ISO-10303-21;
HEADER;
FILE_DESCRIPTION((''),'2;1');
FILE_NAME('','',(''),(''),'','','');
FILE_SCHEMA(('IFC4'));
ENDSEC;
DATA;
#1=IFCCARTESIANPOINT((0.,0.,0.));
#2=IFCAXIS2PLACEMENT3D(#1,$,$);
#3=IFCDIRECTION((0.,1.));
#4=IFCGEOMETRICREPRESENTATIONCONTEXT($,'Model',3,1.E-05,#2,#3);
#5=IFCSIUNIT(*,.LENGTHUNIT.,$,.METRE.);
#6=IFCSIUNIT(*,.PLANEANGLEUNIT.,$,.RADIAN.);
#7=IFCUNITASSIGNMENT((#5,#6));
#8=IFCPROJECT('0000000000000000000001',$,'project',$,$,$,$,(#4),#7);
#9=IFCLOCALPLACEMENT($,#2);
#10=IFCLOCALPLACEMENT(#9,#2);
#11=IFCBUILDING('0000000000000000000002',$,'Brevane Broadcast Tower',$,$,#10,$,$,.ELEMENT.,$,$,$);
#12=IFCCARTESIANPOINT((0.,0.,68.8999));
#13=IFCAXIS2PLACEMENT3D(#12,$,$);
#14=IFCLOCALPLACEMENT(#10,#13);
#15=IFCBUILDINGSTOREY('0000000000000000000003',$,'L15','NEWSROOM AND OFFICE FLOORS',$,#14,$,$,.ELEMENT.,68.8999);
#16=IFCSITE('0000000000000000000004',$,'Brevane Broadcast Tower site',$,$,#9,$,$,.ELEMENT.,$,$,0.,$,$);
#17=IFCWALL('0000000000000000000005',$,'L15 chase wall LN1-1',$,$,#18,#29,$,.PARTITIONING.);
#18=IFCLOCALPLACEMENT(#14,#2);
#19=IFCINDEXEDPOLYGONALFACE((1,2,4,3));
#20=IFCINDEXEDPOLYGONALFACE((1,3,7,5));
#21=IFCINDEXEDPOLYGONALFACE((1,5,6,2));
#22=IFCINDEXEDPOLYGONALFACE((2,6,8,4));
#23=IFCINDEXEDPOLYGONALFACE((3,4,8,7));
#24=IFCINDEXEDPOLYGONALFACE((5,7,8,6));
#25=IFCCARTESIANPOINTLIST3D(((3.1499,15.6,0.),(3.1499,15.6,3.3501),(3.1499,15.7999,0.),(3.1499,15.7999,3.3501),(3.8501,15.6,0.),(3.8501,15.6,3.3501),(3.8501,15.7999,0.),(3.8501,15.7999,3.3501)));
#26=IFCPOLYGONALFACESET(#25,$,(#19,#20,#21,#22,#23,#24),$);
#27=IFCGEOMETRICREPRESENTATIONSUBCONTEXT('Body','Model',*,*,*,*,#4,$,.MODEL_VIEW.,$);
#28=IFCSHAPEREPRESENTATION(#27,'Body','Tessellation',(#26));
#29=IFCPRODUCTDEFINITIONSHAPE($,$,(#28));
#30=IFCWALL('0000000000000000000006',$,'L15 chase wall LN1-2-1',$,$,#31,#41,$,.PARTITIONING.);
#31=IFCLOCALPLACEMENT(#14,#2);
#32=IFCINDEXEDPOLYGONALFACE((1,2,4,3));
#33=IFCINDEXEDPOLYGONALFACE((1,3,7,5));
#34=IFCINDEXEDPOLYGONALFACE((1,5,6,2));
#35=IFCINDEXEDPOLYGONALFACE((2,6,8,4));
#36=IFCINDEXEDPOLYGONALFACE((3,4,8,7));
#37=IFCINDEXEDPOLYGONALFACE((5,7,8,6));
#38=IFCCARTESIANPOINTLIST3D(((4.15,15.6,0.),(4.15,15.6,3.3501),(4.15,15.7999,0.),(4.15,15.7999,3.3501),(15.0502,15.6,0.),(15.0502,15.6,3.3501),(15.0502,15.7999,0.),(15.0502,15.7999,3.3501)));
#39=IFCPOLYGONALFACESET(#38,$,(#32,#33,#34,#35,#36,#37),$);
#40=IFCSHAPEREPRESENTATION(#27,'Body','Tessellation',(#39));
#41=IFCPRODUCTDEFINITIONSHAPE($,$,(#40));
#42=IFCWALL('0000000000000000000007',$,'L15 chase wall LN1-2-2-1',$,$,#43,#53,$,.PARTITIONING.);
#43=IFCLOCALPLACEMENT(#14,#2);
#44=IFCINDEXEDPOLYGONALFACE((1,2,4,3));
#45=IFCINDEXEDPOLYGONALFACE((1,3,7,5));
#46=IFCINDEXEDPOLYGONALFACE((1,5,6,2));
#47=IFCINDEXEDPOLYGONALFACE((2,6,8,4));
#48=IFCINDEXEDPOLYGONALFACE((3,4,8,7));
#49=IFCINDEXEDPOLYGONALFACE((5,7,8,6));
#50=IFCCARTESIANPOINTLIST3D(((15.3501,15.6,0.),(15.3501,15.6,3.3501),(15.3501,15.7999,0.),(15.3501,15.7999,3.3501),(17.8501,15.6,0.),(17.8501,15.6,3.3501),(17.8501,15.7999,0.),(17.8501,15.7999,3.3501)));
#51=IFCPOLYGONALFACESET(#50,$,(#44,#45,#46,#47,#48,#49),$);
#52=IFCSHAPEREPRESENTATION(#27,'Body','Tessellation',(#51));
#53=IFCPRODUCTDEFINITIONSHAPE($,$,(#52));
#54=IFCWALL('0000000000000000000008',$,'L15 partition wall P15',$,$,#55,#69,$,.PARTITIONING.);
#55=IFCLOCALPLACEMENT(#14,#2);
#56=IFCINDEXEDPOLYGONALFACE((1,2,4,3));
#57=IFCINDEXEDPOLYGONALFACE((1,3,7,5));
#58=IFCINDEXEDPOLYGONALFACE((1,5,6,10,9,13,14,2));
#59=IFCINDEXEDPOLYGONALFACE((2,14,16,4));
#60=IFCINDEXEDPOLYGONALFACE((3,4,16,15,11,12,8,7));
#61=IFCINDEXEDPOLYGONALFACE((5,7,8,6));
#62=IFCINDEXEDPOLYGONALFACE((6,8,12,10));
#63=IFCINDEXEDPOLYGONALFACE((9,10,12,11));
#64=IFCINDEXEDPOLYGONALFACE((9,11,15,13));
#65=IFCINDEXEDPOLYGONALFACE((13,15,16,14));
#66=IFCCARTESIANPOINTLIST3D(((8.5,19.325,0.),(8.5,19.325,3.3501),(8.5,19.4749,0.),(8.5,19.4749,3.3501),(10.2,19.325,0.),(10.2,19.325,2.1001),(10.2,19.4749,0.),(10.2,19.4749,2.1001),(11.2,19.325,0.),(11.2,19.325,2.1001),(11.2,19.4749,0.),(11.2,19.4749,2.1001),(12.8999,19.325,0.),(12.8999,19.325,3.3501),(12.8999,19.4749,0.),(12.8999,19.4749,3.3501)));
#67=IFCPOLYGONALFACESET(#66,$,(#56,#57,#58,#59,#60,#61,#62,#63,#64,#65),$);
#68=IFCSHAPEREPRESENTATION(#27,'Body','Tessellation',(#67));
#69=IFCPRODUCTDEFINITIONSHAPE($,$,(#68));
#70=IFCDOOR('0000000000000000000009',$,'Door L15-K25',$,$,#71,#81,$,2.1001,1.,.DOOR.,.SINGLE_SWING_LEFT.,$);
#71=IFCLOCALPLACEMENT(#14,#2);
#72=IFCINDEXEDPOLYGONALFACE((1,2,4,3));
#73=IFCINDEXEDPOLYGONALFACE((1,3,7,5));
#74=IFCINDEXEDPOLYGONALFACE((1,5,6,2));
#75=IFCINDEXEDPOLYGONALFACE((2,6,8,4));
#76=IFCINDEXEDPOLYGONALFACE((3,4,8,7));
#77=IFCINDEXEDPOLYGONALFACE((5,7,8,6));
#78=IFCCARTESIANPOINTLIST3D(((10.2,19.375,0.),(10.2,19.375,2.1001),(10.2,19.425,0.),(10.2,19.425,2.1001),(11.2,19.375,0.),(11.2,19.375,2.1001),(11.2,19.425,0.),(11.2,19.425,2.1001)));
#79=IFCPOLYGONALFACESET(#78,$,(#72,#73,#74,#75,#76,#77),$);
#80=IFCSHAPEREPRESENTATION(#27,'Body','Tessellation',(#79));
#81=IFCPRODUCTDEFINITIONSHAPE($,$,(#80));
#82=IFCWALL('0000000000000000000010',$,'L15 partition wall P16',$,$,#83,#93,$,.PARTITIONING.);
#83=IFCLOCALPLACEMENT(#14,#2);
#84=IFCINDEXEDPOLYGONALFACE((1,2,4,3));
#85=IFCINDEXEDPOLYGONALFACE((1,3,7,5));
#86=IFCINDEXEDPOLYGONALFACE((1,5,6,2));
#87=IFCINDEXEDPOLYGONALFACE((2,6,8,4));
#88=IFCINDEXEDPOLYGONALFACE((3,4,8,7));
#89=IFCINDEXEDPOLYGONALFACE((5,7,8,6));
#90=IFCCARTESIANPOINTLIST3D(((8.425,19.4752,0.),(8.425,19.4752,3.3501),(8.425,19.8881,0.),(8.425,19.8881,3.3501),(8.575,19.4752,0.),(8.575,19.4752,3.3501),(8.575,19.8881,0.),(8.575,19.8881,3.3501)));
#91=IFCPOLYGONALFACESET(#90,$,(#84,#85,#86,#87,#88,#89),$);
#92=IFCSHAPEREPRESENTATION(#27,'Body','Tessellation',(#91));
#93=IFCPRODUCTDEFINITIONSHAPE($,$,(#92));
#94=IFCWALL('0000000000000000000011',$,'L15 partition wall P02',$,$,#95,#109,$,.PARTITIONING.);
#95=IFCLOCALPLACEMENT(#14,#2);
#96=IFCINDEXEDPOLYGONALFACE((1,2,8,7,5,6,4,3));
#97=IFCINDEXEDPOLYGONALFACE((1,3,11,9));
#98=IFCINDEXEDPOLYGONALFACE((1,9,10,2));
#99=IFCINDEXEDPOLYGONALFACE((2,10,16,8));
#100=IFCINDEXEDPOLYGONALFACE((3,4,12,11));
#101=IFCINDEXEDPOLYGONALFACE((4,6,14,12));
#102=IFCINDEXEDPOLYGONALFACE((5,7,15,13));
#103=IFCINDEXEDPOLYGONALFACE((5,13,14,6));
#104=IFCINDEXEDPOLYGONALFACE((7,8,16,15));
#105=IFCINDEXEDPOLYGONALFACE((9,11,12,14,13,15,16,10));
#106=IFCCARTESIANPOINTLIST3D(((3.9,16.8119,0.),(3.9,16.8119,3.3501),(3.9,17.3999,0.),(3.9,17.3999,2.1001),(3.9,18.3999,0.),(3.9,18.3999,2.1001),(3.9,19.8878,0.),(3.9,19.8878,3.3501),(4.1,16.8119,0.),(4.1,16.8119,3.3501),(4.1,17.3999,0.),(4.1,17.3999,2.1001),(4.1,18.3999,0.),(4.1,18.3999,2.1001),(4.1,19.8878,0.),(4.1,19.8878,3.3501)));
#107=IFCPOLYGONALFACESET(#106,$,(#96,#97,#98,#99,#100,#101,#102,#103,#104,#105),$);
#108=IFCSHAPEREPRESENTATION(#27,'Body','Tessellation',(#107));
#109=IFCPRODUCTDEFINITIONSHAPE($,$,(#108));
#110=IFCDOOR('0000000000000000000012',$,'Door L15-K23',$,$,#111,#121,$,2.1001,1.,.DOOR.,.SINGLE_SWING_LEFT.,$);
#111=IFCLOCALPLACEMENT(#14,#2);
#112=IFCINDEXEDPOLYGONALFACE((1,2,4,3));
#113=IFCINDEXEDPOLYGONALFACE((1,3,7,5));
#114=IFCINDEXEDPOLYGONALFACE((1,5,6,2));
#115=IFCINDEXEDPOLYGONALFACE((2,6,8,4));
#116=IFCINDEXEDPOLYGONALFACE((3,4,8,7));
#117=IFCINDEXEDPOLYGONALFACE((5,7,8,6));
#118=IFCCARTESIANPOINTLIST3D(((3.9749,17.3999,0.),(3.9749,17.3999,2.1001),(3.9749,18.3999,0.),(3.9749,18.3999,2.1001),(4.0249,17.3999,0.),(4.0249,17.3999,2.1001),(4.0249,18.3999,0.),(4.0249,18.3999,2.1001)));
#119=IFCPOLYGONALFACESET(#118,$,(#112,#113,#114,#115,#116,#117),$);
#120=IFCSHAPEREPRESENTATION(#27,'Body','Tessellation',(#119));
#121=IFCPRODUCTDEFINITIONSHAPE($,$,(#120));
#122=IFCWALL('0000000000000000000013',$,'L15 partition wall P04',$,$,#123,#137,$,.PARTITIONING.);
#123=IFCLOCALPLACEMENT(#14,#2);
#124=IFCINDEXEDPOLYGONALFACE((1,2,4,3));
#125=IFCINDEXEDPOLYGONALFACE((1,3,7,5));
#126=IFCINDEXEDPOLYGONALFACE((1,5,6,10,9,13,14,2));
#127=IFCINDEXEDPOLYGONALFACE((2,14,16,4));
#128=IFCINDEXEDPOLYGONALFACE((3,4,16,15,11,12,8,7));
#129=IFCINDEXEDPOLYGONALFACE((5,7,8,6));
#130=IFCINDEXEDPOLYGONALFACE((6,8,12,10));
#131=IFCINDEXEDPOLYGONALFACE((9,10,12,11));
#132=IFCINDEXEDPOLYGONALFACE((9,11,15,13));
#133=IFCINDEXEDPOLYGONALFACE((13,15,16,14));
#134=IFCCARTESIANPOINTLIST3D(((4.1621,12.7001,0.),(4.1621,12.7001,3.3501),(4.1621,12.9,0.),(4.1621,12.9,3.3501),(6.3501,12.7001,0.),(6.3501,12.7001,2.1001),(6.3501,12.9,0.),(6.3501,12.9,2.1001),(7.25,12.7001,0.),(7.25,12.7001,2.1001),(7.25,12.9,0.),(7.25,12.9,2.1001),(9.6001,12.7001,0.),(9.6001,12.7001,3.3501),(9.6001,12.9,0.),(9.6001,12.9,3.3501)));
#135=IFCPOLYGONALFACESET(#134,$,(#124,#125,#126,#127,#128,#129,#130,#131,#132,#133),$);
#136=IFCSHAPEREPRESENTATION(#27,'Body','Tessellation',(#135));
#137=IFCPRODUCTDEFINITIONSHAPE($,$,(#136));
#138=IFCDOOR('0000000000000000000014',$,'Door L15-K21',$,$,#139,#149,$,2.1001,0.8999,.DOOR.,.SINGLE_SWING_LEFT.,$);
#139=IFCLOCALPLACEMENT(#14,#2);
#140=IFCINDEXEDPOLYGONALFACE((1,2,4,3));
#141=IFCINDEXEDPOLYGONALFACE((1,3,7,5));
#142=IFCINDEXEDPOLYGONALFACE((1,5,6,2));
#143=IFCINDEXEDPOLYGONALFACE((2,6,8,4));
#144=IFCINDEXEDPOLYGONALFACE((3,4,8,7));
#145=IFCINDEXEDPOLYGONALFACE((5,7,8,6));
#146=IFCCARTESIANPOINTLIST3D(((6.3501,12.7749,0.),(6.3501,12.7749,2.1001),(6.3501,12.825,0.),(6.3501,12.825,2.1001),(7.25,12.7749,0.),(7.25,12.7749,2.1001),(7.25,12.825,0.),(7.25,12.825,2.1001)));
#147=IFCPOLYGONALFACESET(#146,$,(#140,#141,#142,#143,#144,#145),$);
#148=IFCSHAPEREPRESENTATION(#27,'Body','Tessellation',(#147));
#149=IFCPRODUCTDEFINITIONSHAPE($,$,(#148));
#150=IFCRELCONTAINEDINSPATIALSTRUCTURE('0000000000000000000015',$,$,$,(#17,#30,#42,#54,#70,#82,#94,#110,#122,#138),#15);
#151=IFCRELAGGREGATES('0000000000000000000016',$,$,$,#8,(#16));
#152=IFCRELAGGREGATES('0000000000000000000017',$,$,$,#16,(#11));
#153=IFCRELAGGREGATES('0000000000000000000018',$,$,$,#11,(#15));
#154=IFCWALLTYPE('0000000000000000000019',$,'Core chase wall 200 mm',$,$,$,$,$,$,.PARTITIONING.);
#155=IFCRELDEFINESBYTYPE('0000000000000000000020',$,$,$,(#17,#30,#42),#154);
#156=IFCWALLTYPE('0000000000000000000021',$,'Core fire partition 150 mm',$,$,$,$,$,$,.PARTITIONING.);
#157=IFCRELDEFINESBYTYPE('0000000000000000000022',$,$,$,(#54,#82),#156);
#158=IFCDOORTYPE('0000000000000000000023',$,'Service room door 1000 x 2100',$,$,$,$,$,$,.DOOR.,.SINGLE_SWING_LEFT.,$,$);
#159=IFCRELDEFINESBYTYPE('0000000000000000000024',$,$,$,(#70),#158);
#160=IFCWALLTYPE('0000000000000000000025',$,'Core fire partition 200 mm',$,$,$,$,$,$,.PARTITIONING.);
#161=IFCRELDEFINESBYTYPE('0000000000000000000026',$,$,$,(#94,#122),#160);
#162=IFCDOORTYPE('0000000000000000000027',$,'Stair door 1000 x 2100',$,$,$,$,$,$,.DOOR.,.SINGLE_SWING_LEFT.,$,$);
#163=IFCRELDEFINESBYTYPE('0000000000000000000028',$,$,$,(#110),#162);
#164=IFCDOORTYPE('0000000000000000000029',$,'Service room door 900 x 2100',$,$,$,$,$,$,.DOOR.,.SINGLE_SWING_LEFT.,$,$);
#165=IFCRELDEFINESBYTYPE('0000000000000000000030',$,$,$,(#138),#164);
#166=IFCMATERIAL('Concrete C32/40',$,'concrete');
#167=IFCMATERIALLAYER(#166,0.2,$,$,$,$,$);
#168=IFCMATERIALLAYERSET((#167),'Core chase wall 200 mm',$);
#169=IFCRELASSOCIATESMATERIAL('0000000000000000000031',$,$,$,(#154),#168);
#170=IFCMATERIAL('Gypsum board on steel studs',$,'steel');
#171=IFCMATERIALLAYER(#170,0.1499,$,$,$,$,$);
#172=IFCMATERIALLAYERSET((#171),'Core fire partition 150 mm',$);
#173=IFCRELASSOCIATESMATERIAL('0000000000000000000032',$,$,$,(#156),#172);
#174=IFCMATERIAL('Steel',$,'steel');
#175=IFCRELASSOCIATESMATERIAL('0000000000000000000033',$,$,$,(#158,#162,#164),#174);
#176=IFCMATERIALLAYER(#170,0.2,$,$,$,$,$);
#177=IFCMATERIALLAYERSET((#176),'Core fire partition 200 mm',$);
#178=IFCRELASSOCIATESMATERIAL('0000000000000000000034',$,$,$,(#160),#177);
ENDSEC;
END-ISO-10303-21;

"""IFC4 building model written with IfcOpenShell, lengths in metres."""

from ifc_helpers import new_model, si_unit, direction, frame, frame_2d, origin, place, context, subcontext, project, spatial, rectangle, extrude, material, layer, layer_set, type_object, element, fill, save


model = new_model("IFC4")

# Units and contexts
model_context = context("Model", 3, precision=1e-05, world=origin(), true_north=direction((0.0, 1.0)))
body_context = subcontext(model_context, "Body", "Model", "MODEL_VIEW")
ifc_project = project(units=[si_unit("LENGTHUNIT", "METRE"), si_unit("PLANEANGLEUNIT", "RADIAN")], contexts=[model_context])

# Site, building, storey
site_placement = place(None, origin())
site = spatial("IfcSite", under=ifc_project, at=site_placement, Name="Brevane Broadcast Tower site", CompositionType="ELEMENT", RefElevation=0.0)
building_placement = place(site_placement, origin())
building = spatial("IfcBuilding", under=site, at=building_placement, Name="Brevane Broadcast Tower", CompositionType="ELEMENT")
storey_placement = place(building_placement, frame((0.0, 0.0, 68.8999)))
storey = spatial("IfcBuildingStorey", under=building, at=storey_placement, Name="L15", Description="NEWSROOM AND OFFICE FLOORS", CompositionType="ELEMENT", Elevation=68.8999)

# Walls
ifc_material_1 = material(Name="Concrete C32/40", Category="concrete")
ifc_layer_1 = layer(ifc_material_1, 0.2)
ifc_layer_set_1 = layer_set([ifc_layer_1], Name="Core chase wall 200 mm")
wall_type_1 = type_object("IfcWallType", Name="Core chase wall 200 mm", PredefinedType="PARTITIONING", material=ifc_layer_set_1)
wall_1_placement = place(storey_placement, frame((3.1499, 15.7, 0.0), z_axis=(0.0, 0.0, 1.0), x_axis=(1.0, 0.0, 0.0)))
element("IfcWall", 1, at=wall_1_placement, inside=storey, type_object=wall_type_1, Name="L15 chase wall LN1-1", PredefinedType="PARTITIONING", context=body_context, shape_type="SweptSolid", body=[
    extrude(rectangle(XDim=0.7002, YDim=0.2, at=frame_2d((0.3501, 0.0))), origin(), (0.0, 0.0, 1.0), 3.3501),
])
wall_2_placement = place(storey_placement, frame((4.1499, 15.7, 0.0), z_axis=(0.0, 0.0, 1.0), x_axis=(1.0, 0.0, 0.0)))
element("IfcWall", 2, at=wall_2_placement, inside=storey, type_object=wall_type_1, Name="L15 chase wall LN1-2-1", PredefinedType="PARTITIONING", context=body_context, shape_type="SweptSolid", body=[
    extrude(rectangle(XDim=10.9001, YDim=0.2, at=frame_2d((5.4502, 0.0))), origin(), (0.0, 0.0, 1.0), 3.3501),
])
wall_3_placement = place(storey_placement, frame((15.3501, 15.7, 0.0), z_axis=(0.0, 0.0, 1.0), x_axis=(1.0, 0.0, 0.0)))
element("IfcWall", 3, at=wall_3_placement, inside=storey, type_object=wall_type_1, Name="L15 chase wall LN1-2-2-1", PredefinedType="PARTITIONING", context=body_context, shape_type="SweptSolid", body=[
    extrude(rectangle(XDim=2.5, YDim=0.2, at=frame_2d((1.25, 0.0))), origin(), (0.0, 0.0, 1.0), 3.3501),
])

# Wall, opening, door
ifc_material_2 = material(Name="Gypsum board on steel studs", Category="steel")
ifc_layer_2 = layer(ifc_material_2, 0.1499)
ifc_layer_set_2 = layer_set([ifc_layer_2], Name="Core fire partition 150 mm")
wall_type_2 = type_object("IfcWallType", Name="Core fire partition 150 mm", PredefinedType="PARTITIONING", material=ifc_layer_set_2)
wall_4_placement = place(storey_placement, frame((12.8999, 19.3999, 0.0), z_axis=(0.0, 0.0, 1.0), x_axis=(-1.0, 0.0, 0.0)))
wall_4 = element("IfcWall", 4, at=wall_4_placement, inside=storey, type_object=wall_type_2, Name="L15 partition wall P15", PredefinedType="PARTITIONING", context=body_context, shape_type="SweptSolid", body=[
    extrude(rectangle(XDim=4.3999, YDim=0.1499, at=frame_2d((2.2, 0.0))), origin(), (0.0, 0.0, 1.0), 3.3501),
])
opening_1_placement = place(wall_4_placement, frame((1.7, 0.0, 0.0)))
opening_1 = element("IfcOpeningElement", 5, at=opening_1_placement, cuts=wall_4, PredefinedType="OPENING", context=body_context, shape_type="SweptSolid", body=[
    extrude(rectangle(XDim=1.0, YDim=2.1001, at=frame_2d((0.5, 1.05))), frame((0.0, 0.085, 0.0), z_axis=(0.0, -1.0, 0.0), x_axis=(1.0, 0.0, 0.0)), (0.0, 0.0, 1.0), 0.1699),
])
ifc_material_3 = material(Name="Steel", Category="steel")
door_type_1 = type_object("IfcDoorType", Name="Service room door 1000 x 2100", OperationType="SINGLE_SWING_LEFT", PredefinedType="DOOR", material=ifc_material_3)
door_1_placement = place(opening_1_placement, origin())
door_1 = element("IfcDoor", 6, at=door_1_placement, inside=storey, type_object=door_type_1, Name="Door L15-K25", OperationType="SINGLE_SWING_LEFT", OverallHeight=2.1001, OverallWidth=1.0, PredefinedType="DOOR", context=body_context, shape_type="SweptSolid", body=[
    extrude(rectangle(XDim=1.0, YDim=2.1001, at=frame_2d((0.5, 1.05))), frame((0.0, 0.0249, 0.0), z_axis=(0.0, -1.0, 0.0), x_axis=(1.0, 0.0, 0.0)), (0.0, 0.0, 1.0), 0.05),
])
fill(opening_1, door_1)

# Wall
wall_5_placement = place(storey_placement, frame((8.5, 19.4751, 0.0), z_axis=(0.0, 0.0, 1.0), x_axis=(0.0, 1.0, 0.0)))
element("IfcWall", 7, at=wall_5_placement, inside=storey, type_object=wall_type_2, Name="L15 partition wall P16", PredefinedType="PARTITIONING", context=body_context, shape_type="SweptSolid", body=[
    extrude(rectangle(XDim=0.4128, YDim=0.1499, at=frame_2d((0.2065, 0.0))), origin(), (0.0, 0.0, 1.0), 3.3501),
])

# Walls, openings, doors
ifc_layer_3 = layer(ifc_material_2, 0.2)
ifc_layer_set_3 = layer_set([ifc_layer_3], Name="Core fire partition 200 mm")
wall_type_3 = type_object("IfcWallType", Name="Core fire partition 200 mm", PredefinedType="PARTITIONING", material=ifc_layer_set_3)
wall_6_placement = place(storey_placement, frame((4.0, 19.8879, 0.0), z_axis=(0.0, 0.0, 1.0), x_axis=(0.0, -1.0, 0.0)))
wall_6 = element("IfcWall", 8, at=wall_6_placement, inside=storey, type_object=wall_type_3, Name="L15 partition wall P02", PredefinedType="PARTITIONING", context=body_context, shape_type="SweptSolid", body=[
    extrude(rectangle(XDim=3.0759, YDim=0.2, at=frame_2d((1.5381, 0.0))), origin(), (0.0, 0.0, 1.0), 3.3501),
])
opening_2_placement = place(wall_6_placement, frame((1.488, 0.0, 0.0)))
opening_2 = element("IfcOpeningElement", 9, at=opening_2_placement, cuts=wall_6, PredefinedType="OPENING", context=body_context, shape_type="SweptSolid", body=[
    extrude(rectangle(XDim=1.0, YDim=2.1001, at=frame_2d((0.5, 1.05))), frame((0.0, 0.1099, 0.0), z_axis=(0.0, -1.0, 0.0), x_axis=(1.0, 0.0, 0.0)), (0.0, 0.0, 1.0), 0.22),
])
door_type_2 = type_object("IfcDoorType", Name="Stair door 1000 x 2100", OperationType="SINGLE_SWING_LEFT", PredefinedType="DOOR", material=ifc_material_3)
door_2_placement = place(opening_2_placement, origin())
door_2 = element("IfcDoor", 10, at=door_2_placement, inside=storey, type_object=door_type_2, Name="Door L15-K23", OperationType="SINGLE_SWING_LEFT", OverallHeight=2.1001, OverallWidth=1.0, PredefinedType="DOOR", context=body_context, shape_type="SweptSolid", body=[
    extrude(rectangle(XDim=1.0, YDim=2.1001, at=frame_2d((0.5, 1.05))), frame((0.0, 0.0249, 0.0), z_axis=(0.0, -1.0, 0.0), x_axis=(1.0, 0.0, 0.0)), (0.0, 0.0, 1.0), 0.05),
])
fill(opening_2, door_2)
wall_7_placement = place(storey_placement, frame((4.1621, 12.8, 0.0), z_axis=(0.0, 0.0, 1.0), x_axis=(1.0, 0.0, 0.0)))
wall_7 = element("IfcWall", 11, at=wall_7_placement, inside=storey, type_object=wall_type_3, Name="L15 partition wall P04", PredefinedType="PARTITIONING", context=body_context, shape_type="SweptSolid", body=[
    extrude(rectangle(XDim=5.438, YDim=0.2, at=frame_2d((2.719, 0.0))), origin(), (0.0, 0.0, 1.0), 3.3501),
])
opening_3_placement = place(wall_7_placement, frame((2.188, 0.0, 0.0)))
opening_3 = element("IfcOpeningElement", 12, at=opening_3_placement, cuts=wall_7, PredefinedType="OPENING", context=body_context, shape_type="SweptSolid", body=[
    extrude(rectangle(XDim=0.8999, YDim=2.1001, at=frame_2d((0.45, 1.05))), frame((0.0, 0.1099, 0.0), z_axis=(0.0, -1.0, 0.0), x_axis=(1.0, 0.0, 0.0)), (0.0, 0.0, 1.0), 0.22),
])
door_type_3 = type_object("IfcDoorType", Name="Service room door 900 x 2100", OperationType="SINGLE_SWING_LEFT", PredefinedType="DOOR", material=ifc_material_3)
door_3_placement = place(opening_3_placement, origin())
door_3 = element("IfcDoor", 13, at=door_3_placement, inside=storey, type_object=door_type_3, Name="Door L15-K21", OperationType="SINGLE_SWING_LEFT", OverallHeight=2.1001, OverallWidth=0.8999, PredefinedType="DOOR", context=body_context, shape_type="SweptSolid", body=[
    extrude(rectangle(XDim=0.8999, YDim=2.1001, at=frame_2d((0.45, 1.05))), frame((0.0, 0.0249, 0.0), z_axis=(0.0, -1.0, 0.0), x_axis=(1.0, 0.0, 0.0)), (0.0, 0.0, 1.0), 0.05),
])
fill(opening_3, door_3)

save(model, "model.ifc")
